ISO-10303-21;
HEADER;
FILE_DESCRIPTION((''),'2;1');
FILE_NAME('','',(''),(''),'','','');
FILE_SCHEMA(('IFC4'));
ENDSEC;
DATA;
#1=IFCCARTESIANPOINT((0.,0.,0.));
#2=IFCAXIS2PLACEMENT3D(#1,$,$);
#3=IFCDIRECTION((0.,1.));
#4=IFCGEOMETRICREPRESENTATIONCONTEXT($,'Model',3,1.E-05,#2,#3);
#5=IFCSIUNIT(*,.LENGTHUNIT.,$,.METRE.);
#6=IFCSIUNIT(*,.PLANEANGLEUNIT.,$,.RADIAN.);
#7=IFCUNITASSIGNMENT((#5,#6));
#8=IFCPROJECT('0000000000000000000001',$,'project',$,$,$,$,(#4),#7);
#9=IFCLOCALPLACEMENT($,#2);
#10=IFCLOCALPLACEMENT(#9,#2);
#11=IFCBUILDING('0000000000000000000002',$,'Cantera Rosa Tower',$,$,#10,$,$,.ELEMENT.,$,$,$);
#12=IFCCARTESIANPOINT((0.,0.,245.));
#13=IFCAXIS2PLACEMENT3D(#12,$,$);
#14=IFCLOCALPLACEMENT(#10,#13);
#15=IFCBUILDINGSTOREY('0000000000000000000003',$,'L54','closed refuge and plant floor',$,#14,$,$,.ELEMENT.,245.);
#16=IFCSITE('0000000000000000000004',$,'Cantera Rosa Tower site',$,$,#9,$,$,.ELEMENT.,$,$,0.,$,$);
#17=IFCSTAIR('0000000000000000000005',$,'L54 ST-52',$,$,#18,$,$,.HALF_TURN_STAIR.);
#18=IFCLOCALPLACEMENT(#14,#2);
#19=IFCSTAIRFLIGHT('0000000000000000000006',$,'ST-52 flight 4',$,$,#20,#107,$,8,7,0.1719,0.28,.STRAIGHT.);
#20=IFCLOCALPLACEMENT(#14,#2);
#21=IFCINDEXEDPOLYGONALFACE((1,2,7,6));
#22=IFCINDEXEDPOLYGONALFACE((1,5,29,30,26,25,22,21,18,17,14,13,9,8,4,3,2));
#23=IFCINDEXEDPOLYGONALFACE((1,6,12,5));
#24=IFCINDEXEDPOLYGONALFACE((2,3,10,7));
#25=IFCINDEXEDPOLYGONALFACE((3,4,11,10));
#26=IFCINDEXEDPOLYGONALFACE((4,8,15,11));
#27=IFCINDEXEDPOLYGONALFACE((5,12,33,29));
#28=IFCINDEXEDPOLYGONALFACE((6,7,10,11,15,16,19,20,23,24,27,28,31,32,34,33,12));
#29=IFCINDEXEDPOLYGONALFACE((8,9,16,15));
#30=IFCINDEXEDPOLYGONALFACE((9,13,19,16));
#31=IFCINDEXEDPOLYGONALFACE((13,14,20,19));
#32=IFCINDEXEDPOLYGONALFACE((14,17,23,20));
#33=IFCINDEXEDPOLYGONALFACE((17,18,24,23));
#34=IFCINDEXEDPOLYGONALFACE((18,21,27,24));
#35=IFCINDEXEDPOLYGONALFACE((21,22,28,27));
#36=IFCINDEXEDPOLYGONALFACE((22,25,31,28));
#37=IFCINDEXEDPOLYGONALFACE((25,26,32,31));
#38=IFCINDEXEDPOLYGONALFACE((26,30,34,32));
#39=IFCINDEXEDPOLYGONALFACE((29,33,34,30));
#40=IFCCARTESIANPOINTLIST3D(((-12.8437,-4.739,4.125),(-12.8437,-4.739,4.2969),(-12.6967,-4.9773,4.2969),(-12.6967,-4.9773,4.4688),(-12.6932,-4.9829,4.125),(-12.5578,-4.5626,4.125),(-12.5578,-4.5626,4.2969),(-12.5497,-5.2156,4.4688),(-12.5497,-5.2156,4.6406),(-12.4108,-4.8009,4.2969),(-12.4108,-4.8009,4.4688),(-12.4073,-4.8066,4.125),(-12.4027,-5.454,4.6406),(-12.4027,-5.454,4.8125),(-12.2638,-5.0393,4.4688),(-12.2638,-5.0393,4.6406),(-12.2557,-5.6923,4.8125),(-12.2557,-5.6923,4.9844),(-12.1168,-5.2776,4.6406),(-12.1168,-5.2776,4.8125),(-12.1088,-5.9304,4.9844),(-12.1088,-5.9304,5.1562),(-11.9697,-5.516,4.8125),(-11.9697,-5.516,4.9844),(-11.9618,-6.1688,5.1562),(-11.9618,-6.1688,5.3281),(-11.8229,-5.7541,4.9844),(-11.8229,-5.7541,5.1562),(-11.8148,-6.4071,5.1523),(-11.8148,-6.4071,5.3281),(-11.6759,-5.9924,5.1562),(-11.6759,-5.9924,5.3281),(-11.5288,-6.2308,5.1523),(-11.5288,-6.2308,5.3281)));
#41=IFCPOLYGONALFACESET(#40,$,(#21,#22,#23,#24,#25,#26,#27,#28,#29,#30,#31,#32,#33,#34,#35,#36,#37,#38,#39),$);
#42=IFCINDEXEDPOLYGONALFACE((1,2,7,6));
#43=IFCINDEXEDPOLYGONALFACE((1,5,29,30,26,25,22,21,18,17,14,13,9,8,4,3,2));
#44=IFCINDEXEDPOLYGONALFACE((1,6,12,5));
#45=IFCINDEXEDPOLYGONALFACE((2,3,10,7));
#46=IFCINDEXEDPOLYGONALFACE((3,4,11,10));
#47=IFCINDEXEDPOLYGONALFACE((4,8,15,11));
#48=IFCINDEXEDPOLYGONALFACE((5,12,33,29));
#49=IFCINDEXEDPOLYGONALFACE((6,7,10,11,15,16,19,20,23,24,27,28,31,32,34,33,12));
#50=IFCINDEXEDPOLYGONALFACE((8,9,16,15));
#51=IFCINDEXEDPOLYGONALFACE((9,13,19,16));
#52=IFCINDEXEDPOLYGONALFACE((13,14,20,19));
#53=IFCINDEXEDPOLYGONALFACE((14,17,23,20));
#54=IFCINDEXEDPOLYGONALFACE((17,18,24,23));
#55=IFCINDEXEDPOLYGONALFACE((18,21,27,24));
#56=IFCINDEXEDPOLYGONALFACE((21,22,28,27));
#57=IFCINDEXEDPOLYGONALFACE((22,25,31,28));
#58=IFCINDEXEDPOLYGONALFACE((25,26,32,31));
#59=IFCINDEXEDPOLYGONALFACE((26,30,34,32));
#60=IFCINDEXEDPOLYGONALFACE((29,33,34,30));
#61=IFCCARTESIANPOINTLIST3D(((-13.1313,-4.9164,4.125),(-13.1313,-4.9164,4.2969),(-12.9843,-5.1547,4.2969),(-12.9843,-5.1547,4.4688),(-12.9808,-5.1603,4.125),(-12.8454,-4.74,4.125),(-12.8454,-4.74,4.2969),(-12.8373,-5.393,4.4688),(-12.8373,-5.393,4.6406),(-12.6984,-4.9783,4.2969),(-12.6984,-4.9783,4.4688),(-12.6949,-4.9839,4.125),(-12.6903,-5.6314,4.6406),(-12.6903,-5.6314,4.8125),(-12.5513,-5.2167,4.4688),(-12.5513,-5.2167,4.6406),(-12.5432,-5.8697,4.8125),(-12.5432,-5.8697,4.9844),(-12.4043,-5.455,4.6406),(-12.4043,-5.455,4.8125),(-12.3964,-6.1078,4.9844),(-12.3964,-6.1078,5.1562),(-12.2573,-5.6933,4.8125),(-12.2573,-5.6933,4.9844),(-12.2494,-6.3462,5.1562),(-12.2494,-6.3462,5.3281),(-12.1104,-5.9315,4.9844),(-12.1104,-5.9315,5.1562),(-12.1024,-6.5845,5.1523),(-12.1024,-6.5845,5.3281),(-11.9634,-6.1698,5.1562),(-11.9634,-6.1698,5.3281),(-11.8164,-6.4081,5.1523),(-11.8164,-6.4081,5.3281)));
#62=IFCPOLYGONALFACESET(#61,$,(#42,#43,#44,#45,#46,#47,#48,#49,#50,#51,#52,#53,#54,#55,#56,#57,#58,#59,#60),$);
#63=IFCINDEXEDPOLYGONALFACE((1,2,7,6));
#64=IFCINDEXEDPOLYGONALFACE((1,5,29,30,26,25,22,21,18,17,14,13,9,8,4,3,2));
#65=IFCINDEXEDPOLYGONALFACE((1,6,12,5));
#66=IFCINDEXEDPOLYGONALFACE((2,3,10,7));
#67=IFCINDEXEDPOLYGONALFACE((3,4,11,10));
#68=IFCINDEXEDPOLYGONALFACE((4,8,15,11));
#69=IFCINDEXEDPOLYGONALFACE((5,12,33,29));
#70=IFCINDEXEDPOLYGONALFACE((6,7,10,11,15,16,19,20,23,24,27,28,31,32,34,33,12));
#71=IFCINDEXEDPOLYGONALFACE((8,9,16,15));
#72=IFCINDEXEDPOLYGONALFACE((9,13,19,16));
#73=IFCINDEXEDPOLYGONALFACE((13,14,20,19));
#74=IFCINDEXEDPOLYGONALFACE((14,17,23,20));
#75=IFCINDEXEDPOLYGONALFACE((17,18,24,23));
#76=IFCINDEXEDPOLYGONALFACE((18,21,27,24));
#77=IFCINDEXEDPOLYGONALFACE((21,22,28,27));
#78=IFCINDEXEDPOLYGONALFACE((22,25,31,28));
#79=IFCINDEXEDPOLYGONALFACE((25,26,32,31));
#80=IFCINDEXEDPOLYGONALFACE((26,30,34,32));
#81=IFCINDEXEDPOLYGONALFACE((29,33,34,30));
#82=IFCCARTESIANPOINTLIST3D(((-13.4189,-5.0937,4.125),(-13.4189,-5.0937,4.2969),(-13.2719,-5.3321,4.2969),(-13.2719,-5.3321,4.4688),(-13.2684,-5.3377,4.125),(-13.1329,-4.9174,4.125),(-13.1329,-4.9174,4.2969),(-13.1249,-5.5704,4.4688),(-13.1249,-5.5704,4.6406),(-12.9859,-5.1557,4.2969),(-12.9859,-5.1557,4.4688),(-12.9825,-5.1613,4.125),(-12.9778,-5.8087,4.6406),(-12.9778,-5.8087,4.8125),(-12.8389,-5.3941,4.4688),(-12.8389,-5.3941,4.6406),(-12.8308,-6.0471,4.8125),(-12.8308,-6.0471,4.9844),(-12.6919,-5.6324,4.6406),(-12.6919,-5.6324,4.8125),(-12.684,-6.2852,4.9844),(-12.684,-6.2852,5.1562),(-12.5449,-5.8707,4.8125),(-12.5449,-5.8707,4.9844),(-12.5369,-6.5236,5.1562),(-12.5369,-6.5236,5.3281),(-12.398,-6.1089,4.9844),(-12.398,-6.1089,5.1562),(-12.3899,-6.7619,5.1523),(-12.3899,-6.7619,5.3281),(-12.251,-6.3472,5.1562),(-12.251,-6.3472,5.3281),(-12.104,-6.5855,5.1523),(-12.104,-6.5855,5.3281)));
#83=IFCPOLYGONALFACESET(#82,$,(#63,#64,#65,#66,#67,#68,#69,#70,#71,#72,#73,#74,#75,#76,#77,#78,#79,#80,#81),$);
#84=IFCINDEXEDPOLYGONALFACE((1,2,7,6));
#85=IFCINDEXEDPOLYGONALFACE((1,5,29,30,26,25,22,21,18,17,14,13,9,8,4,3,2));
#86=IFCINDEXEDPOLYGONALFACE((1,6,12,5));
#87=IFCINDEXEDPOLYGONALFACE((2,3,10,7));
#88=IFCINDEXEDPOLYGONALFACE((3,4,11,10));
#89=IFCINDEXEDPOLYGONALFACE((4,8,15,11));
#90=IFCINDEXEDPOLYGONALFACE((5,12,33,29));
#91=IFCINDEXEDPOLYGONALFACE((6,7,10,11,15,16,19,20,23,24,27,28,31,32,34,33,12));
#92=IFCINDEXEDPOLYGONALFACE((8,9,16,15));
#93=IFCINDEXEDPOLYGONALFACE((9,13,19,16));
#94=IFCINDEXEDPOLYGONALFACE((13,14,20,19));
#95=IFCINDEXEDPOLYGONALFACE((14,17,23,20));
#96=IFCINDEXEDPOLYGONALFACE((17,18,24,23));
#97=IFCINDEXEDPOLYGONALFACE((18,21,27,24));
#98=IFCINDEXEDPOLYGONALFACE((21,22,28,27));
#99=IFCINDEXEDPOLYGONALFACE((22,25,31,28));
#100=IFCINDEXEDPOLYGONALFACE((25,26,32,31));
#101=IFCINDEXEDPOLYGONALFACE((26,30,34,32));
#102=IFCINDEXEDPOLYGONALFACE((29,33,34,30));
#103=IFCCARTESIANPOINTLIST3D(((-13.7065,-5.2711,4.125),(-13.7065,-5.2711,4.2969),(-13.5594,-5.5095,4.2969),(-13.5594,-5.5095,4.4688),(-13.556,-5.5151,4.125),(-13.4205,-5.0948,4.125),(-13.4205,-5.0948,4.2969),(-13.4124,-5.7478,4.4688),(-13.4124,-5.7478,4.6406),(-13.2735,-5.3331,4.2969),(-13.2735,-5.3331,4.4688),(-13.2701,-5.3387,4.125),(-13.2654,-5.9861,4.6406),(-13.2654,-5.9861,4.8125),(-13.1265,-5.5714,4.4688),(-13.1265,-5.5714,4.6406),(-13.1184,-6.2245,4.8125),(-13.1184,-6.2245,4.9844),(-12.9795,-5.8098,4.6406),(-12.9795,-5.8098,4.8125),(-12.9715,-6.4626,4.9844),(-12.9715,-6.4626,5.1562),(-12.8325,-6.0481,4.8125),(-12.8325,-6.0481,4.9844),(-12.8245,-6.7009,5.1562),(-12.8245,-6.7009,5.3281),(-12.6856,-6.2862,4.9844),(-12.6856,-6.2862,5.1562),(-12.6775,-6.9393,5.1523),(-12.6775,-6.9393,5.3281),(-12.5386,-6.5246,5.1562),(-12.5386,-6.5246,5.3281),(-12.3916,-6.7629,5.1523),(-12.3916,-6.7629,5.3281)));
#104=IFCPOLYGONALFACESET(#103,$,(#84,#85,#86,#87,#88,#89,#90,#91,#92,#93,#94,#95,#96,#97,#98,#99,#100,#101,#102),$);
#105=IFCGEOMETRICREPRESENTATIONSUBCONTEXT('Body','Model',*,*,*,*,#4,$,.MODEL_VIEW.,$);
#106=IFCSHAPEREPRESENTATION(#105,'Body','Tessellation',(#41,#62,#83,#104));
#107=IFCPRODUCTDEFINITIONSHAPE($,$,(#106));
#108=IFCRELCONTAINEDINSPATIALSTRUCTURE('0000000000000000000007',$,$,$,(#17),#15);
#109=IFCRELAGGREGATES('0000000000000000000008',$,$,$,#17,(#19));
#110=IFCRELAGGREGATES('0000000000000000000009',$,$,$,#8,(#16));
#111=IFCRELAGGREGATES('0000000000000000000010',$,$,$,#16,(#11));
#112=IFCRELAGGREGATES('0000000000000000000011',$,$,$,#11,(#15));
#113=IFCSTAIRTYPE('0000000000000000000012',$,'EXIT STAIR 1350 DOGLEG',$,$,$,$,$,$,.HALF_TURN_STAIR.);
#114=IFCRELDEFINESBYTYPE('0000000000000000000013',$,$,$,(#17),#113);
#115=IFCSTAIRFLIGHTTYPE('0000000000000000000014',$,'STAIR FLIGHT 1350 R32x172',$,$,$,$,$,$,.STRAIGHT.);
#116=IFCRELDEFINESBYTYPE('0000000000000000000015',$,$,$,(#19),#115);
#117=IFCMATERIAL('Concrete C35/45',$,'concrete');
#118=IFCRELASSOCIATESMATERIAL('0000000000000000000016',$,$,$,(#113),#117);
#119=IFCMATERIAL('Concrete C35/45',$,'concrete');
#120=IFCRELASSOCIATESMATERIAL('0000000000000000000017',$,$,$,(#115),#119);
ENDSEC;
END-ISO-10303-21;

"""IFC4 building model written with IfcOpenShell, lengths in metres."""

from ifc_helpers import new_model, si_unit, direction, frame, origin, place, context, subcontext, project, spatial, polyline, outline, extrude, material, type_object, element, aggregate, save


model = new_model("IFC4")

# Units and contexts
model_context = context("Model", 3, precision=1e-05, world=origin(), true_north=direction((0.0, 1.0)))
body_context = subcontext(model_context, "Body", "Model", "MODEL_VIEW")
ifc_project = project(units=[si_unit("LENGTHUNIT", "METRE"), si_unit("PLANEANGLEUNIT", "RADIAN")], contexts=[model_context])

# Site, building, storey
site_placement = place(None, origin())
site = spatial("IfcSite", under=ifc_project, at=site_placement, Name="Cantera Rosa Tower site", CompositionType="ELEMENT", RefElevation=0.0)
building_placement = place(site_placement, origin())
building = spatial("IfcBuilding", under=site, at=building_placement, Name="Cantera Rosa Tower", CompositionType="ELEMENT")
storey_placement = place(building_placement, frame((0.0, 0.0, 245.0)))
storey = spatial("IfcBuildingStorey", under=building, at=storey_placement, Name="L54", Description="closed refuge and plant floor", CompositionType="ELEMENT", Elevation=245.0)

# Stair, stair flight
ifc_material_1 = material(Name="Concrete C35/45", Category="concrete")
stair_type = type_object("IfcStairType", Name="EXIT STAIR 1350 DOGLEG", PredefinedType="HALF_TURN_STAIR", material=ifc_material_1)
stair_placement = place(storey_placement, origin())
stair = element("IfcStair", 1, at=stair_placement, inside=storey, type_object=stair_type, Name="L54 ST-52", PredefinedType="HALF_TURN_STAIR")
ifc_material_2 = material(Name="Concrete C35/45", Category="concrete")
stair_flight_type = type_object("IfcStairFlightType", Name="STAIR FLIGHT 1350 R32x172", PredefinedType="STRAIGHT", material=ifc_material_2)
stair_flight_1_placement = place(storey_placement, frame((-13.1323, -4.917, 4.125), z_axis=(0.0, 0.0, 1.0), x_axis=(0.524977, -0.851117, 0.0)))
stair_flight_1 = element("IfcStairFlight", 2, at=stair_flight_1_placement, type_object=stair_flight_type, Name="ST-52 flight 4", NumberOfRisers=8, NumberOfTreads=7, PredefinedType="STRAIGHT", RiserHeight=0.1719, TreadLength=0.28, context=body_context, shape_type="SweptSolid", body=[
    extrude(outline(polyline([(0.0, 0.0), (0.0, 0.1719), (0.28, 0.1719), (0.28, 0.3438), (0.5601, 0.3438), (0.5601, 0.5156), (0.8401, 0.5156), (0.8401, 0.6875), (1.1201, 0.6875), (1.1201, 0.8594), (1.3999, 0.8594), (1.3999, 1.0312), (1.6799, 1.0312), (1.6799, 1.2031), (1.96, 1.2031), (1.96, 1.375), (1.96, 1.0273), (0.2866, 0.0), (0.0, 0.0)])), frame((0.0, 0.675, 0.0), z_axis=(0.0, -1.0, 0.0), x_axis=(1.0, 0.0, 0.0)), (0.0, 0.0, 1.0), 0.3359),
    extrude(outline(polyline([(0.0, 0.0), (0.0, 0.1719), (0.28, 0.1719), (0.28, 0.3438), (0.5601, 0.3438), (0.5601, 0.5156), (0.8401, 0.5156), (0.8401, 0.6875), (1.1201, 0.6875), (1.1201, 0.8594), (1.3999, 0.8594), (1.3999, 1.0312), (1.6799, 1.0312), (1.6799, 1.2031), (1.96, 1.2031), (1.96, 1.375), (1.96, 1.0273), (0.2866, 0.0), (0.0, 0.0)])), frame((0.0, 0.3372, 0.0), z_axis=(0.0, -1.0, 0.0), x_axis=(1.0, 0.0, 0.0)), (0.0, 0.0, 1.0), 0.3359),
    extrude(outline(polyline([(0.0, 0.0), (0.0, 0.1719), (0.28, 0.1719), (0.28, 0.3438), (0.5601, 0.3438), (0.5601, 0.5156), (0.8401, 0.5156), (0.8401, 0.6875), (1.1201, 0.6875), (1.1201, 0.8594), (1.3999, 0.8594), (1.3999, 1.0312), (1.6799, 1.0312), (1.6799, 1.2031), (1.96, 1.2031), (1.96, 1.375), (1.96, 1.0273), (0.2866, 0.0), (0.0, 0.0)])), frame((0.0, -0.0007, 0.0), z_axis=(0.0, -1.0, 0.0), x_axis=(1.0, 0.0, 0.0)), (0.0, 0.0, 1.0), 0.3359),
    extrude(outline(polyline([(0.0, 0.0), (0.0, 0.1719), (0.28, 0.1719), (0.28, 0.3438), (0.5601, 0.3438), (0.5601, 0.5156), (0.8401, 0.5156), (0.8401, 0.6875), (1.1201, 0.6875), (1.1201, 0.8594), (1.3999, 0.8594), (1.3999, 1.0312), (1.6799, 1.0312), (1.6799, 1.2031), (1.96, 1.2031), (1.96, 1.375), (1.96, 1.0273), (0.2866, 0.0), (0.0, 0.0)])), frame((0.0, -0.3386, 0.0), z_axis=(0.0, -1.0, 0.0), x_axis=(1.0, 0.0, 0.0)), (0.0, 0.0, 1.0), 0.3359),
])
aggregate(stair, [stair_flight_1])

save(model, "model.ifc")
